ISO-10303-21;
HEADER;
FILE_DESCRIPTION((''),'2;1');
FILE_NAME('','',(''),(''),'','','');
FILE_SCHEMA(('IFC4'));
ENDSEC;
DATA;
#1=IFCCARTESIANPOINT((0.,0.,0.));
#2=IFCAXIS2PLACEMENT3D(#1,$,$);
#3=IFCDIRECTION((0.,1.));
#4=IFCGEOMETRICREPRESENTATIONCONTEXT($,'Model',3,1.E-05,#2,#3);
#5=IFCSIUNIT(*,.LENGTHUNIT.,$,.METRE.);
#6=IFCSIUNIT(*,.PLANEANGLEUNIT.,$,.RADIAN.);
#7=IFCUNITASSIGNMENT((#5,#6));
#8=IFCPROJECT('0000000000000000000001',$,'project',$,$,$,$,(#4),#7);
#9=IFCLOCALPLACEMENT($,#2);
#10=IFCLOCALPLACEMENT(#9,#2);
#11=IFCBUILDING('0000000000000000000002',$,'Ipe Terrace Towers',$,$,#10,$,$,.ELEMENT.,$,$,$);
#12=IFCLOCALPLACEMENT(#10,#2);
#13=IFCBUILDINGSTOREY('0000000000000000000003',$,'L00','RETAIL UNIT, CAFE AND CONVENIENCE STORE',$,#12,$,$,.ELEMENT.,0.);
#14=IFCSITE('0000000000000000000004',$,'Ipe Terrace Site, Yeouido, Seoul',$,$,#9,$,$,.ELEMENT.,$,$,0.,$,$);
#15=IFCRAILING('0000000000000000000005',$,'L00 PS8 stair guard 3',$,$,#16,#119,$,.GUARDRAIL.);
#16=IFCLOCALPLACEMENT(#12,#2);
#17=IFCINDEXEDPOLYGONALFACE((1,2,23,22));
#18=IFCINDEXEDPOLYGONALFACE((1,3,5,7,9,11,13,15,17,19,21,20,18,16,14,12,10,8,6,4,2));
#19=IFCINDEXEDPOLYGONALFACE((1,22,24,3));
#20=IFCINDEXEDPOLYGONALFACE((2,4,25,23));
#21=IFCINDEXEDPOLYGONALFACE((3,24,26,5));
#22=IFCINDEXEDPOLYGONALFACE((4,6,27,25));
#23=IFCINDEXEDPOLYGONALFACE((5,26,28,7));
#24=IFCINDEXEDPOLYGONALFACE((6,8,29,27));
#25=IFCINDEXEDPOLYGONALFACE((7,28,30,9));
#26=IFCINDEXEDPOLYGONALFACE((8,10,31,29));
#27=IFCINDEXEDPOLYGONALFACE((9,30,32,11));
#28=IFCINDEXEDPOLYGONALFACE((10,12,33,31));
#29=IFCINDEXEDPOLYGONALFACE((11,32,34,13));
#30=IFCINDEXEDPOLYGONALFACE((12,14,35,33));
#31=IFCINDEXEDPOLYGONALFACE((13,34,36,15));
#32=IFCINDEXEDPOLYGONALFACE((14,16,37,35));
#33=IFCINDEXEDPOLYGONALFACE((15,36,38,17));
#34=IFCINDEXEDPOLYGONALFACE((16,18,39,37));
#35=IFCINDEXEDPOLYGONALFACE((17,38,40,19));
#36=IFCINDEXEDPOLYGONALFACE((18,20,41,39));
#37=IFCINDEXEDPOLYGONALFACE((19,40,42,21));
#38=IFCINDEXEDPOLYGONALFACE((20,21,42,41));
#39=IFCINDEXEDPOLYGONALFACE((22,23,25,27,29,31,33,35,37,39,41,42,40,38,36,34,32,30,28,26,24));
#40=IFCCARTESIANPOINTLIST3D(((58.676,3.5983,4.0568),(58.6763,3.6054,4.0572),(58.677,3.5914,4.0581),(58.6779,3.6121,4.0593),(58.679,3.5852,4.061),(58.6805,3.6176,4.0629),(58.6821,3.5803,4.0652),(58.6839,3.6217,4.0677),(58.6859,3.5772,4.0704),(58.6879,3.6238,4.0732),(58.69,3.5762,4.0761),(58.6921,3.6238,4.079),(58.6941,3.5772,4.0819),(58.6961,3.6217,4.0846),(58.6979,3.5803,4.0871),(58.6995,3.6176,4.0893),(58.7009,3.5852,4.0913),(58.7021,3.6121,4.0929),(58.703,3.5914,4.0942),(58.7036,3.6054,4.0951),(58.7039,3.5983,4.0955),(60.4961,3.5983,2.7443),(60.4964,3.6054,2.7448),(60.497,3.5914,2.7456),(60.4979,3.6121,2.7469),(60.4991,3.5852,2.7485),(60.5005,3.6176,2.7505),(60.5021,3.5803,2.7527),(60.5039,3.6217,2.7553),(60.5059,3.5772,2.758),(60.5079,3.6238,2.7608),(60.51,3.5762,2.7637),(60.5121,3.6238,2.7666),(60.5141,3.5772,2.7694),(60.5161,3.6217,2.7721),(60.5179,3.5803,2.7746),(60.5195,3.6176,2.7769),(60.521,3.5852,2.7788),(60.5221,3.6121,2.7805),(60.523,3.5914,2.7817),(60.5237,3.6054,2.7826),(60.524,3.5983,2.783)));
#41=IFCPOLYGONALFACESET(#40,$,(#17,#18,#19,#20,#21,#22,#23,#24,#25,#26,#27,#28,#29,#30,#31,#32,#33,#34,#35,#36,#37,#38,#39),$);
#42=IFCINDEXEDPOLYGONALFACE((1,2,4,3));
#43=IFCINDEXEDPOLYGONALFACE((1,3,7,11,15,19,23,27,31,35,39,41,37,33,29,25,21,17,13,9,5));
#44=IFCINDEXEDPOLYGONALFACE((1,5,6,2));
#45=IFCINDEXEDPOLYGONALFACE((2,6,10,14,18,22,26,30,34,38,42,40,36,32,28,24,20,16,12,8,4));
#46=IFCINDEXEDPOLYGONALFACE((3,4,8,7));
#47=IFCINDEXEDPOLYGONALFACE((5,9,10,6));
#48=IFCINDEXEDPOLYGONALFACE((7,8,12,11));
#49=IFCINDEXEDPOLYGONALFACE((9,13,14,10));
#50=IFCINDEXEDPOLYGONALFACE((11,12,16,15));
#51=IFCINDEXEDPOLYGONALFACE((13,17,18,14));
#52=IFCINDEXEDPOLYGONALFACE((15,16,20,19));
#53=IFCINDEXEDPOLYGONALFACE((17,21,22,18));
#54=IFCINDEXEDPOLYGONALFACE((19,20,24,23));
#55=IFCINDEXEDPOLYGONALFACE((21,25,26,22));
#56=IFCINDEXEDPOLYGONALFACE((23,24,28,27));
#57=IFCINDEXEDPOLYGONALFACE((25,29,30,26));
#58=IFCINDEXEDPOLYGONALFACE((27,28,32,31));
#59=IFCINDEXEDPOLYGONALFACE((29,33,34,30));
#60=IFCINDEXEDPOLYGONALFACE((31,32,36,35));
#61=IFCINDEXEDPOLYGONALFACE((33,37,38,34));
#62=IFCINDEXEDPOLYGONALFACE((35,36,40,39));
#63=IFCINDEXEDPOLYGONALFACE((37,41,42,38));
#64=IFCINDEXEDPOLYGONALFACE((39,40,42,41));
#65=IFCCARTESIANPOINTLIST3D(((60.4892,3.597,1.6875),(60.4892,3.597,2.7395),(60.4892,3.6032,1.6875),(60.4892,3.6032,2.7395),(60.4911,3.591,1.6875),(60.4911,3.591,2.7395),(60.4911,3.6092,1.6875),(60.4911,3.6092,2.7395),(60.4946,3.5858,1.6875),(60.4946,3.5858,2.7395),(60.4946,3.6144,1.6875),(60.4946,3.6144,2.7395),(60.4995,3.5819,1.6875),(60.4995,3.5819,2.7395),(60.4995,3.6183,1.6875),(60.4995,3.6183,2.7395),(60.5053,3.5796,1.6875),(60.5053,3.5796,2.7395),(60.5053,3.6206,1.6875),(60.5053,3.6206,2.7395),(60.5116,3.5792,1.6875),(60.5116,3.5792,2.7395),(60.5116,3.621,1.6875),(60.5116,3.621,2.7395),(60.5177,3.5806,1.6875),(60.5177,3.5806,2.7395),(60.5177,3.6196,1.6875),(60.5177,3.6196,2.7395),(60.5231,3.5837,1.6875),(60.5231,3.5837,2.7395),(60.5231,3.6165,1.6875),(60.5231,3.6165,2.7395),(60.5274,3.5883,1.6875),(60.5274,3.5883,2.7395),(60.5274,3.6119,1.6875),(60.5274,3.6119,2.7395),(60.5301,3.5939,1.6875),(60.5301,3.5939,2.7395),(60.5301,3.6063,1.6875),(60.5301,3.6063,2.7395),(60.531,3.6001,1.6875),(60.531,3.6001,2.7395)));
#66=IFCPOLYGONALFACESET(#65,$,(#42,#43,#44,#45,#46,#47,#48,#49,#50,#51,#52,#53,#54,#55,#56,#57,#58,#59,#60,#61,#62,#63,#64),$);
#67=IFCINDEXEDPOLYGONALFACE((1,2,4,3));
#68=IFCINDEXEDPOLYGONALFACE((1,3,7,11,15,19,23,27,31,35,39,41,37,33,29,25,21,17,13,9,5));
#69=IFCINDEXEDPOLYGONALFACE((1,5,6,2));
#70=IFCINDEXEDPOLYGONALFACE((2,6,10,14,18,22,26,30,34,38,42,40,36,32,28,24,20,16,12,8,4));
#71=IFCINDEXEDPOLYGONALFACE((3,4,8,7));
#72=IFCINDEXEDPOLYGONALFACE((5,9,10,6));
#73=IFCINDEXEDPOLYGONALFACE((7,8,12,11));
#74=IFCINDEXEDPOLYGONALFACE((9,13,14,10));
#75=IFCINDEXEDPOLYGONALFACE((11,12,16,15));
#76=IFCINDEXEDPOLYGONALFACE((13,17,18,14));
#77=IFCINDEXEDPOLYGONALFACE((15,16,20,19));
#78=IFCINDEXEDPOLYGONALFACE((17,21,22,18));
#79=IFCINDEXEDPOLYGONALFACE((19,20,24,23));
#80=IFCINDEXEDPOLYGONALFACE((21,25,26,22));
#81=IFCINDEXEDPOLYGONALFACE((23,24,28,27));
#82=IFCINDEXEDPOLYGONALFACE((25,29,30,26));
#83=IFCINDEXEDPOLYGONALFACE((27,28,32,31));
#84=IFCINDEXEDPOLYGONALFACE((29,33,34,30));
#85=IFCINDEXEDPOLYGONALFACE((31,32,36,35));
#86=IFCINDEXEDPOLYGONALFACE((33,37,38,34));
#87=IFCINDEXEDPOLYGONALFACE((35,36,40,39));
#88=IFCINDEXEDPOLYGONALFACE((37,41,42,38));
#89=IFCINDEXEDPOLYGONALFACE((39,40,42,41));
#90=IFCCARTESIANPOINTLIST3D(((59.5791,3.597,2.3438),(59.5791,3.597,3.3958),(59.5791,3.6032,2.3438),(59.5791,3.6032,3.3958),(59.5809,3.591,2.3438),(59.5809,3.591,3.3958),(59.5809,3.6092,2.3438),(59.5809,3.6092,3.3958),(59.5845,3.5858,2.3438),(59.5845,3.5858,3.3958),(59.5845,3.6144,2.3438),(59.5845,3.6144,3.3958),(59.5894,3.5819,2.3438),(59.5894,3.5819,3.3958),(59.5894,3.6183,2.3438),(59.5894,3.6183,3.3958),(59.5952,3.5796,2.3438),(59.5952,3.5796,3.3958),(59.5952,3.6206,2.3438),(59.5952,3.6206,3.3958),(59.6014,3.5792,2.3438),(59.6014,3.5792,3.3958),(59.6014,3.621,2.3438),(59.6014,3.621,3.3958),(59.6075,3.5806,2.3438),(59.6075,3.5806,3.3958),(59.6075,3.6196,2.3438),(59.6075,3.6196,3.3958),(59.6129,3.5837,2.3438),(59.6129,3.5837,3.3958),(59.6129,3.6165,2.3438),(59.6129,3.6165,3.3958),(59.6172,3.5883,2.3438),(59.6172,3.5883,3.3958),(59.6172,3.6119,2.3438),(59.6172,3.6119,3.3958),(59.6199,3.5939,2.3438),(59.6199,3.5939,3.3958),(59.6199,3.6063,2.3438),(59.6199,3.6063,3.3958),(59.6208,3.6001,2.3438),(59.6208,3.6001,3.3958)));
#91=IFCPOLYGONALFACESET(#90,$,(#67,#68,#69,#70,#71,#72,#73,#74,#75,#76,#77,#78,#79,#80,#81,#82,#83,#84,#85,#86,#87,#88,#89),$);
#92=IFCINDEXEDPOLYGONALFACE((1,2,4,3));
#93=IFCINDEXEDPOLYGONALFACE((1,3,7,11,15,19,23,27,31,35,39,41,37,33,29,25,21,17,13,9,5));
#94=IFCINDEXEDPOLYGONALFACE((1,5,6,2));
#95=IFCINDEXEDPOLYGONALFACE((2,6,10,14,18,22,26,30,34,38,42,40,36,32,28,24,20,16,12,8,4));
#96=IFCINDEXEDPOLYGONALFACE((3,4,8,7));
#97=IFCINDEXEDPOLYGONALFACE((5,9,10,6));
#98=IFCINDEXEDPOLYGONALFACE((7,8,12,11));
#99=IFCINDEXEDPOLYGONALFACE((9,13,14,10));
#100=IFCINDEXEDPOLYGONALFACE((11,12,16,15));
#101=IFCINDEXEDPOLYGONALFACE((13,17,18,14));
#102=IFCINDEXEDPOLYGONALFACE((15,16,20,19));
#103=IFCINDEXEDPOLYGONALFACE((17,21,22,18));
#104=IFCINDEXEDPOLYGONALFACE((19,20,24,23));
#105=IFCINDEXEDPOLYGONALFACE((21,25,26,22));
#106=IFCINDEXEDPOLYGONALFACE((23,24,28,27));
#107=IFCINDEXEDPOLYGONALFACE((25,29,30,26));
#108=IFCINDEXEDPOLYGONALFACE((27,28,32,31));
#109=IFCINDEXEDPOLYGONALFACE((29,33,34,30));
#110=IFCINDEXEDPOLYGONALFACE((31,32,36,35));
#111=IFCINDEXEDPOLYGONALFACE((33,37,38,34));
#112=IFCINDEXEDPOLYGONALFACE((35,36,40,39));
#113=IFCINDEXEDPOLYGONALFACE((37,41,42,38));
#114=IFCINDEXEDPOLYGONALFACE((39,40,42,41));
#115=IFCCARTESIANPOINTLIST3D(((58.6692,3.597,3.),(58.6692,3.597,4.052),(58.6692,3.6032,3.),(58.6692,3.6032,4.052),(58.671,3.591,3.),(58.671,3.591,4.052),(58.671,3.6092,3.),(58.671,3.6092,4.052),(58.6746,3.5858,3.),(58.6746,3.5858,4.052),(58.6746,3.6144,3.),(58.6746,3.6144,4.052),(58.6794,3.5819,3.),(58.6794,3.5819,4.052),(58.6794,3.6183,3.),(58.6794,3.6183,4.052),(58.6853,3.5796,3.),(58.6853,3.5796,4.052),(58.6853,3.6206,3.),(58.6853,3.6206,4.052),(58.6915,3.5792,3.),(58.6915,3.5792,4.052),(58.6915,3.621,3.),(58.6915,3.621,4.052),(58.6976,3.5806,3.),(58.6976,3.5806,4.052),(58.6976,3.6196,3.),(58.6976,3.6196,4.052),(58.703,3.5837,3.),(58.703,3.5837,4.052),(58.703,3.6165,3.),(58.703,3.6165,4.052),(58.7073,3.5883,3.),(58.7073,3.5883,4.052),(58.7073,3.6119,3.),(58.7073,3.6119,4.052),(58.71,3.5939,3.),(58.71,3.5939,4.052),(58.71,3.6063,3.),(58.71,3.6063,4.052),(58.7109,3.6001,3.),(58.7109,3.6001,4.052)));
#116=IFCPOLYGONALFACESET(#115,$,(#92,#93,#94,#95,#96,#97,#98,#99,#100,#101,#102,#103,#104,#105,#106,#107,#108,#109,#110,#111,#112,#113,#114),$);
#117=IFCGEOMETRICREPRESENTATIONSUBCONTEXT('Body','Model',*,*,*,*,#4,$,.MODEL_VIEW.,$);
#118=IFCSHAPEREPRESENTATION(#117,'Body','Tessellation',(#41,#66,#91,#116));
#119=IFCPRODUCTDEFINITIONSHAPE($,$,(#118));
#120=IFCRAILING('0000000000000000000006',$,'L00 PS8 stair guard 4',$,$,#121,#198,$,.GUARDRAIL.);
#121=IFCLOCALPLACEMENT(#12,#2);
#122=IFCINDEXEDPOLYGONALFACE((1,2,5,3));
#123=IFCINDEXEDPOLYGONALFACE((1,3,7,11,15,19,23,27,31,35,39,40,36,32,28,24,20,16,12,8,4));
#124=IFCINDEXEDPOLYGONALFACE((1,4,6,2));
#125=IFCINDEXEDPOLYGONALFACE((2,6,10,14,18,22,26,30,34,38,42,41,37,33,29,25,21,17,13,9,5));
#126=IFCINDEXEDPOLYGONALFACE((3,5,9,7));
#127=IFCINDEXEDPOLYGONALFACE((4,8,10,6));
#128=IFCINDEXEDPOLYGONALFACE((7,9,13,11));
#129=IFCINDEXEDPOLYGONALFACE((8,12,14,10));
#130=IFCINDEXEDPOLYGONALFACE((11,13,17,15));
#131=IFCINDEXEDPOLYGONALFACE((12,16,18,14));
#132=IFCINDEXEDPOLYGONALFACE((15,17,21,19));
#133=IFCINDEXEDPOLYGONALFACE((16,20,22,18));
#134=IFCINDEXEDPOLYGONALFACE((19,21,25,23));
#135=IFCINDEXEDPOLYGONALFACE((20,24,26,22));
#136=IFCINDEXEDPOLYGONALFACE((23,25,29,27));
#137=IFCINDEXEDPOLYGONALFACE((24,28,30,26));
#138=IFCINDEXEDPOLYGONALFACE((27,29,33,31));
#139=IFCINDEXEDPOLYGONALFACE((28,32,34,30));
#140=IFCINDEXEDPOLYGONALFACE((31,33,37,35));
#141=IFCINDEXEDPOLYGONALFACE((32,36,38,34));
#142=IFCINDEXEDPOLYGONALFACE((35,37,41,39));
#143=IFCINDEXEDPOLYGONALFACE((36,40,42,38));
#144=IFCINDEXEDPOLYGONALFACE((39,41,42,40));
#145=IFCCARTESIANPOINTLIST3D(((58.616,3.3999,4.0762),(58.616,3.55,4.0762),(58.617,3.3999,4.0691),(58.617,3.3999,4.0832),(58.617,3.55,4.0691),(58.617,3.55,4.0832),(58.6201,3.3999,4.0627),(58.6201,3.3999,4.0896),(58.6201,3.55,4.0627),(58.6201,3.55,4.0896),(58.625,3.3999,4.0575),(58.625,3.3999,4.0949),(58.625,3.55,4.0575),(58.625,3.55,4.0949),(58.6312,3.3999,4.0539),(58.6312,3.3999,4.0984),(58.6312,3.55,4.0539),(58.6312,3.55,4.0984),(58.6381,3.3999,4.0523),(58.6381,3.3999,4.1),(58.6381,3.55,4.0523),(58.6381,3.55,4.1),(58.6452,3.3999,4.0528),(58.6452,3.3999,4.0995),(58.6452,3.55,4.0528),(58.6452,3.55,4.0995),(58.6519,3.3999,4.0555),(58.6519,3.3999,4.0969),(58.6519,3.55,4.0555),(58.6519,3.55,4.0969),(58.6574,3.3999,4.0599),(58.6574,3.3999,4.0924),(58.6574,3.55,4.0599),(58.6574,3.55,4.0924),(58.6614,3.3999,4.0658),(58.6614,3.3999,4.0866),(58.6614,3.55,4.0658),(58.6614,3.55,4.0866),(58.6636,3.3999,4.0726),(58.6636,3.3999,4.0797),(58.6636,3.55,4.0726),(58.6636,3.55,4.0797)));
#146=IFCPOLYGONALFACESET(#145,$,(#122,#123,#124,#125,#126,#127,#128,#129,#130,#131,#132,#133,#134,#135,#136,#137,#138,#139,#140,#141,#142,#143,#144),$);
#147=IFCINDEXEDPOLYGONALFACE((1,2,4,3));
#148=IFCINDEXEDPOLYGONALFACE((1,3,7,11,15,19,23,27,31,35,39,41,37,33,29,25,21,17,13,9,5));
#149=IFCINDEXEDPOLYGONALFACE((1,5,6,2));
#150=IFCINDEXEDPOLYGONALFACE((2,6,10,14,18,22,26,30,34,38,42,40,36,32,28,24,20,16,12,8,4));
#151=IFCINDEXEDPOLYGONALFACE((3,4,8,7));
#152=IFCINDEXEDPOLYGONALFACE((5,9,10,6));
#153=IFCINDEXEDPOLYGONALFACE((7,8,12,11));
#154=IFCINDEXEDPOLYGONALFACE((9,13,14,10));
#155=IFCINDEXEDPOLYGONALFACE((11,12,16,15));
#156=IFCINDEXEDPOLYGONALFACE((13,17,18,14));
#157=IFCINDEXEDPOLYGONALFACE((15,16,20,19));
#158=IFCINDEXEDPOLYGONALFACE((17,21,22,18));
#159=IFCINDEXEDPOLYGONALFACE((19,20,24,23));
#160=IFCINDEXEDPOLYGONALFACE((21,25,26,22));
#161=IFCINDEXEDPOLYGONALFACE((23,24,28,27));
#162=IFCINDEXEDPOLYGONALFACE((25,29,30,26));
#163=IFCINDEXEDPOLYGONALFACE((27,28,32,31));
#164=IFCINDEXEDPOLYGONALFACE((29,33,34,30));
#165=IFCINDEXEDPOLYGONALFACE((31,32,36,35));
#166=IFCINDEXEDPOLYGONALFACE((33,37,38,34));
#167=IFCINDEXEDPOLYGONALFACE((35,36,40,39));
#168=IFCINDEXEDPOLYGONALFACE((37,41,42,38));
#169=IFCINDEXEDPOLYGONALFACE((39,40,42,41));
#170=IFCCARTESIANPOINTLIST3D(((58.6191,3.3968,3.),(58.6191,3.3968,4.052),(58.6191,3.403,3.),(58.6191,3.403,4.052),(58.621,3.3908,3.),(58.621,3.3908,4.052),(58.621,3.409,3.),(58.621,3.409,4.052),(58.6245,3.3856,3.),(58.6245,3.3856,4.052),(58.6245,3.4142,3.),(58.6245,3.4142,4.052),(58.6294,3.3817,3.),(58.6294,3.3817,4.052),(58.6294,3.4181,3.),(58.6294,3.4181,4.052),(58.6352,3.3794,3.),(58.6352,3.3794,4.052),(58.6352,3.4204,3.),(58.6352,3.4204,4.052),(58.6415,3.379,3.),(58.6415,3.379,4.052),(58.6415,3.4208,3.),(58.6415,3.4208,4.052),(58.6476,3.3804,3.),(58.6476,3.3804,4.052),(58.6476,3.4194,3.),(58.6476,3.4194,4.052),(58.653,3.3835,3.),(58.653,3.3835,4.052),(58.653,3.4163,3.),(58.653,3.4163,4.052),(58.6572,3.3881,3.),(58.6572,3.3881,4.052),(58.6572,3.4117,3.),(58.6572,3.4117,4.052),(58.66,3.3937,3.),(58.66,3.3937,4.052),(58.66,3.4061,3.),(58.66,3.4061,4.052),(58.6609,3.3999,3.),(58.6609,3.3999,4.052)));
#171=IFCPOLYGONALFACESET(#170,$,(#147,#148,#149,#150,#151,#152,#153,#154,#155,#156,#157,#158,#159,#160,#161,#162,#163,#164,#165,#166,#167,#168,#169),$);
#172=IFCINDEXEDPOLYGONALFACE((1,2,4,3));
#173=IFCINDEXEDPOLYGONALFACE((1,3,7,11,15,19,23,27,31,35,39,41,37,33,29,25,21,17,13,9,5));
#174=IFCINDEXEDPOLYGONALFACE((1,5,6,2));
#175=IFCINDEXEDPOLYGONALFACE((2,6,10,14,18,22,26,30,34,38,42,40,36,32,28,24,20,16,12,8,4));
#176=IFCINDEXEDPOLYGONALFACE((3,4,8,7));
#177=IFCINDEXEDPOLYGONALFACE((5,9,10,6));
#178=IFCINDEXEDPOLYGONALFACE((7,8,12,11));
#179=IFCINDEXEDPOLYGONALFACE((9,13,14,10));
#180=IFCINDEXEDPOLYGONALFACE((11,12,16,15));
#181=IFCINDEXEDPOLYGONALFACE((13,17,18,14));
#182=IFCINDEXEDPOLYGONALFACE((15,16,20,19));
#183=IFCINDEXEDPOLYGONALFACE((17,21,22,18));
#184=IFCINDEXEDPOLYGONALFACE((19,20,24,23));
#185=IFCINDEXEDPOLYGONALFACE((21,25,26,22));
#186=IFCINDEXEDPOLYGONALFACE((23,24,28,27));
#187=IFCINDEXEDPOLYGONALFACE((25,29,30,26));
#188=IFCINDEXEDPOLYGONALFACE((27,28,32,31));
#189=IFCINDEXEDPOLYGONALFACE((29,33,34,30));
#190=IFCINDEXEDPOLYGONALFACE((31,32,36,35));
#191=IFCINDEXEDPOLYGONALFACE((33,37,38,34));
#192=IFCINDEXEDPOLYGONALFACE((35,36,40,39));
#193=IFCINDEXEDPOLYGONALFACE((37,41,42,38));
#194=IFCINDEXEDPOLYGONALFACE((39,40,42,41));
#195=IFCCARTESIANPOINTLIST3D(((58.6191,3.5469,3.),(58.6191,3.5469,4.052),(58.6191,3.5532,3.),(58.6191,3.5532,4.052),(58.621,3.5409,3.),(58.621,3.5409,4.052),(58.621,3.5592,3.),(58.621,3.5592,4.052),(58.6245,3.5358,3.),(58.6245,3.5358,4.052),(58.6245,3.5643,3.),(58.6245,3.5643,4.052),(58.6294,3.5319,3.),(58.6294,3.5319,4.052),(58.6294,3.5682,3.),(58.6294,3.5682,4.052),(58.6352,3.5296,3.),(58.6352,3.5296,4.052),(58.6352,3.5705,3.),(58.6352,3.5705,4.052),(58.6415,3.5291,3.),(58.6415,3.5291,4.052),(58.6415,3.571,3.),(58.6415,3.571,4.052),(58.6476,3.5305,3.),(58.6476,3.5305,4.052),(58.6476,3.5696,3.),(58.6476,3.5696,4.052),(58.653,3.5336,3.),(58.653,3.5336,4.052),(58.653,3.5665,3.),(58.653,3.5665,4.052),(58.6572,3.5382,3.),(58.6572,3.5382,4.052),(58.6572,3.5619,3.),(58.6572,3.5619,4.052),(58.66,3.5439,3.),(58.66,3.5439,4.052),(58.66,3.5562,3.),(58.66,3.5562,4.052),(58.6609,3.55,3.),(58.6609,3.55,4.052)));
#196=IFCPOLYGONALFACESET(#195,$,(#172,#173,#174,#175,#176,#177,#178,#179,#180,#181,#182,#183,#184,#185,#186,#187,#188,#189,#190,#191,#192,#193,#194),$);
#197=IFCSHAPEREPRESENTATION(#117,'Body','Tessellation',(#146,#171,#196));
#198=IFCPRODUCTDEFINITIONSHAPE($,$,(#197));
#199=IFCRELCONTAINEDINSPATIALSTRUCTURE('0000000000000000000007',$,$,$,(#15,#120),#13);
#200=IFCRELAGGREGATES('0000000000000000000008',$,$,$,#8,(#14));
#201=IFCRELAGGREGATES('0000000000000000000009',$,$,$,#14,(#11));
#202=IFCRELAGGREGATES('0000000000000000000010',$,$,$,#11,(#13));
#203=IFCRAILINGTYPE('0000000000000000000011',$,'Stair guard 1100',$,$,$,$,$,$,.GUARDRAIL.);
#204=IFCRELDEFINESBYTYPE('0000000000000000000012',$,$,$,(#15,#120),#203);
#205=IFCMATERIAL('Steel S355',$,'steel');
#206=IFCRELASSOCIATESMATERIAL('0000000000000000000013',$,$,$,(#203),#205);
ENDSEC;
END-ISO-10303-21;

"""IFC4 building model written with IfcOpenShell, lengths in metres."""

from ifc_helpers import new_model, si_unit, direction, frame, origin, origin_2d, place, context, subcontext, project, spatial, circle, extrude, material, type_object, element, save


model = new_model("IFC4")

# Units and contexts
model_context = context("Model", 3, precision=1e-05, world=origin(), true_north=direction((0.0, 1.0)))
body_context = subcontext(model_context, "Body", "Model", "MODEL_VIEW")
ifc_project = project(units=[si_unit("LENGTHUNIT", "METRE"), si_unit("PLANEANGLEUNIT", "RADIAN")], contexts=[model_context])

# Site, building, storey
site_placement = place(None, origin())
site = spatial("IfcSite", under=ifc_project, at=site_placement, Name="Ipe Terrace Site, Yeouido, Seoul", CompositionType="ELEMENT", RefElevation=0.0)
building_placement = place(site_placement, origin())
building = spatial("IfcBuilding", under=site, at=building_placement, Name="Ipe Terrace Towers", CompositionType="ELEMENT")
storey_placement = place(building_placement, origin())
storey = spatial("IfcBuildingStorey", under=building, at=storey_placement, Name="L00", Description="RETAIL UNIT, CAFE AND CONVENIENCE STORE", CompositionType="ELEMENT", Elevation=0.0)

# Railings
ifc_material_1 = material(Name="Steel S355", Category="steel")
railing_type_1 = type_object("IfcRailingType", Name="Stair guard 1100", PredefinedType="GUARDRAIL", material=ifc_material_1)
railing_1_placement = place(storey_placement, frame((60.51, 3.6001, 1.6875)))
element("IfcRailing", 1, at=railing_1_placement, inside=storey, type_object=railing_type_1, Name="L00 PS8 stair guard 3", PredefinedType="GUARDRAIL", context=body_context, shape_type="SweptSolid", body=[
    extrude(circle(Radius=0.0239, at=origin_2d()), frame((0.0, 0.0, 1.0762), z_axis=(-0.811101, 0.0, 0.584906), x_axis=(0.0, -1.0, 0.0)), (0.0, 0.0, 1.0), 2.2439),
    extrude(circle(Radius=0.021, at=origin_2d()), origin(), (0.0, 0.0, 1.0), 1.052),
    extrude(circle(Radius=0.021, at=origin_2d()), frame((-0.9102, 0.0, 0.6562)), (0.0, 0.0, 1.0), 1.052),
    extrude(circle(Radius=0.021, at=origin_2d()), frame((-1.8201, 0.0, 1.3125)), (0.0, 0.0, 1.0), 1.052),
])
railing_2_placement = place(storey_placement, frame((58.6399, 3.3999, 3.0)))
element("IfcRailing", 2, at=railing_2_placement, inside=storey, type_object=railing_type_1, Name="L00 PS8 stair guard 4", PredefinedType="GUARDRAIL", context=body_context, shape_type="SweptSolid", body=[
    extrude(circle(Radius=0.0239, at=origin_2d()), frame((0.0, 0.0, 1.0762), z_axis=(0.0, 1.0, 0.0), x_axis=(-1.0, 0.0, 0.0)), (0.0, 0.0, 1.0), 0.1501),
    extrude(circle(Radius=0.021, at=origin_2d()), origin(), (0.0, 0.0, 1.0), 1.052),
    extrude(circle(Radius=0.021, at=origin_2d()), frame((0.0, 0.1501, 0.0)), (0.0, 0.0, 1.0), 1.052),
])

save(model, "model.ifc")
